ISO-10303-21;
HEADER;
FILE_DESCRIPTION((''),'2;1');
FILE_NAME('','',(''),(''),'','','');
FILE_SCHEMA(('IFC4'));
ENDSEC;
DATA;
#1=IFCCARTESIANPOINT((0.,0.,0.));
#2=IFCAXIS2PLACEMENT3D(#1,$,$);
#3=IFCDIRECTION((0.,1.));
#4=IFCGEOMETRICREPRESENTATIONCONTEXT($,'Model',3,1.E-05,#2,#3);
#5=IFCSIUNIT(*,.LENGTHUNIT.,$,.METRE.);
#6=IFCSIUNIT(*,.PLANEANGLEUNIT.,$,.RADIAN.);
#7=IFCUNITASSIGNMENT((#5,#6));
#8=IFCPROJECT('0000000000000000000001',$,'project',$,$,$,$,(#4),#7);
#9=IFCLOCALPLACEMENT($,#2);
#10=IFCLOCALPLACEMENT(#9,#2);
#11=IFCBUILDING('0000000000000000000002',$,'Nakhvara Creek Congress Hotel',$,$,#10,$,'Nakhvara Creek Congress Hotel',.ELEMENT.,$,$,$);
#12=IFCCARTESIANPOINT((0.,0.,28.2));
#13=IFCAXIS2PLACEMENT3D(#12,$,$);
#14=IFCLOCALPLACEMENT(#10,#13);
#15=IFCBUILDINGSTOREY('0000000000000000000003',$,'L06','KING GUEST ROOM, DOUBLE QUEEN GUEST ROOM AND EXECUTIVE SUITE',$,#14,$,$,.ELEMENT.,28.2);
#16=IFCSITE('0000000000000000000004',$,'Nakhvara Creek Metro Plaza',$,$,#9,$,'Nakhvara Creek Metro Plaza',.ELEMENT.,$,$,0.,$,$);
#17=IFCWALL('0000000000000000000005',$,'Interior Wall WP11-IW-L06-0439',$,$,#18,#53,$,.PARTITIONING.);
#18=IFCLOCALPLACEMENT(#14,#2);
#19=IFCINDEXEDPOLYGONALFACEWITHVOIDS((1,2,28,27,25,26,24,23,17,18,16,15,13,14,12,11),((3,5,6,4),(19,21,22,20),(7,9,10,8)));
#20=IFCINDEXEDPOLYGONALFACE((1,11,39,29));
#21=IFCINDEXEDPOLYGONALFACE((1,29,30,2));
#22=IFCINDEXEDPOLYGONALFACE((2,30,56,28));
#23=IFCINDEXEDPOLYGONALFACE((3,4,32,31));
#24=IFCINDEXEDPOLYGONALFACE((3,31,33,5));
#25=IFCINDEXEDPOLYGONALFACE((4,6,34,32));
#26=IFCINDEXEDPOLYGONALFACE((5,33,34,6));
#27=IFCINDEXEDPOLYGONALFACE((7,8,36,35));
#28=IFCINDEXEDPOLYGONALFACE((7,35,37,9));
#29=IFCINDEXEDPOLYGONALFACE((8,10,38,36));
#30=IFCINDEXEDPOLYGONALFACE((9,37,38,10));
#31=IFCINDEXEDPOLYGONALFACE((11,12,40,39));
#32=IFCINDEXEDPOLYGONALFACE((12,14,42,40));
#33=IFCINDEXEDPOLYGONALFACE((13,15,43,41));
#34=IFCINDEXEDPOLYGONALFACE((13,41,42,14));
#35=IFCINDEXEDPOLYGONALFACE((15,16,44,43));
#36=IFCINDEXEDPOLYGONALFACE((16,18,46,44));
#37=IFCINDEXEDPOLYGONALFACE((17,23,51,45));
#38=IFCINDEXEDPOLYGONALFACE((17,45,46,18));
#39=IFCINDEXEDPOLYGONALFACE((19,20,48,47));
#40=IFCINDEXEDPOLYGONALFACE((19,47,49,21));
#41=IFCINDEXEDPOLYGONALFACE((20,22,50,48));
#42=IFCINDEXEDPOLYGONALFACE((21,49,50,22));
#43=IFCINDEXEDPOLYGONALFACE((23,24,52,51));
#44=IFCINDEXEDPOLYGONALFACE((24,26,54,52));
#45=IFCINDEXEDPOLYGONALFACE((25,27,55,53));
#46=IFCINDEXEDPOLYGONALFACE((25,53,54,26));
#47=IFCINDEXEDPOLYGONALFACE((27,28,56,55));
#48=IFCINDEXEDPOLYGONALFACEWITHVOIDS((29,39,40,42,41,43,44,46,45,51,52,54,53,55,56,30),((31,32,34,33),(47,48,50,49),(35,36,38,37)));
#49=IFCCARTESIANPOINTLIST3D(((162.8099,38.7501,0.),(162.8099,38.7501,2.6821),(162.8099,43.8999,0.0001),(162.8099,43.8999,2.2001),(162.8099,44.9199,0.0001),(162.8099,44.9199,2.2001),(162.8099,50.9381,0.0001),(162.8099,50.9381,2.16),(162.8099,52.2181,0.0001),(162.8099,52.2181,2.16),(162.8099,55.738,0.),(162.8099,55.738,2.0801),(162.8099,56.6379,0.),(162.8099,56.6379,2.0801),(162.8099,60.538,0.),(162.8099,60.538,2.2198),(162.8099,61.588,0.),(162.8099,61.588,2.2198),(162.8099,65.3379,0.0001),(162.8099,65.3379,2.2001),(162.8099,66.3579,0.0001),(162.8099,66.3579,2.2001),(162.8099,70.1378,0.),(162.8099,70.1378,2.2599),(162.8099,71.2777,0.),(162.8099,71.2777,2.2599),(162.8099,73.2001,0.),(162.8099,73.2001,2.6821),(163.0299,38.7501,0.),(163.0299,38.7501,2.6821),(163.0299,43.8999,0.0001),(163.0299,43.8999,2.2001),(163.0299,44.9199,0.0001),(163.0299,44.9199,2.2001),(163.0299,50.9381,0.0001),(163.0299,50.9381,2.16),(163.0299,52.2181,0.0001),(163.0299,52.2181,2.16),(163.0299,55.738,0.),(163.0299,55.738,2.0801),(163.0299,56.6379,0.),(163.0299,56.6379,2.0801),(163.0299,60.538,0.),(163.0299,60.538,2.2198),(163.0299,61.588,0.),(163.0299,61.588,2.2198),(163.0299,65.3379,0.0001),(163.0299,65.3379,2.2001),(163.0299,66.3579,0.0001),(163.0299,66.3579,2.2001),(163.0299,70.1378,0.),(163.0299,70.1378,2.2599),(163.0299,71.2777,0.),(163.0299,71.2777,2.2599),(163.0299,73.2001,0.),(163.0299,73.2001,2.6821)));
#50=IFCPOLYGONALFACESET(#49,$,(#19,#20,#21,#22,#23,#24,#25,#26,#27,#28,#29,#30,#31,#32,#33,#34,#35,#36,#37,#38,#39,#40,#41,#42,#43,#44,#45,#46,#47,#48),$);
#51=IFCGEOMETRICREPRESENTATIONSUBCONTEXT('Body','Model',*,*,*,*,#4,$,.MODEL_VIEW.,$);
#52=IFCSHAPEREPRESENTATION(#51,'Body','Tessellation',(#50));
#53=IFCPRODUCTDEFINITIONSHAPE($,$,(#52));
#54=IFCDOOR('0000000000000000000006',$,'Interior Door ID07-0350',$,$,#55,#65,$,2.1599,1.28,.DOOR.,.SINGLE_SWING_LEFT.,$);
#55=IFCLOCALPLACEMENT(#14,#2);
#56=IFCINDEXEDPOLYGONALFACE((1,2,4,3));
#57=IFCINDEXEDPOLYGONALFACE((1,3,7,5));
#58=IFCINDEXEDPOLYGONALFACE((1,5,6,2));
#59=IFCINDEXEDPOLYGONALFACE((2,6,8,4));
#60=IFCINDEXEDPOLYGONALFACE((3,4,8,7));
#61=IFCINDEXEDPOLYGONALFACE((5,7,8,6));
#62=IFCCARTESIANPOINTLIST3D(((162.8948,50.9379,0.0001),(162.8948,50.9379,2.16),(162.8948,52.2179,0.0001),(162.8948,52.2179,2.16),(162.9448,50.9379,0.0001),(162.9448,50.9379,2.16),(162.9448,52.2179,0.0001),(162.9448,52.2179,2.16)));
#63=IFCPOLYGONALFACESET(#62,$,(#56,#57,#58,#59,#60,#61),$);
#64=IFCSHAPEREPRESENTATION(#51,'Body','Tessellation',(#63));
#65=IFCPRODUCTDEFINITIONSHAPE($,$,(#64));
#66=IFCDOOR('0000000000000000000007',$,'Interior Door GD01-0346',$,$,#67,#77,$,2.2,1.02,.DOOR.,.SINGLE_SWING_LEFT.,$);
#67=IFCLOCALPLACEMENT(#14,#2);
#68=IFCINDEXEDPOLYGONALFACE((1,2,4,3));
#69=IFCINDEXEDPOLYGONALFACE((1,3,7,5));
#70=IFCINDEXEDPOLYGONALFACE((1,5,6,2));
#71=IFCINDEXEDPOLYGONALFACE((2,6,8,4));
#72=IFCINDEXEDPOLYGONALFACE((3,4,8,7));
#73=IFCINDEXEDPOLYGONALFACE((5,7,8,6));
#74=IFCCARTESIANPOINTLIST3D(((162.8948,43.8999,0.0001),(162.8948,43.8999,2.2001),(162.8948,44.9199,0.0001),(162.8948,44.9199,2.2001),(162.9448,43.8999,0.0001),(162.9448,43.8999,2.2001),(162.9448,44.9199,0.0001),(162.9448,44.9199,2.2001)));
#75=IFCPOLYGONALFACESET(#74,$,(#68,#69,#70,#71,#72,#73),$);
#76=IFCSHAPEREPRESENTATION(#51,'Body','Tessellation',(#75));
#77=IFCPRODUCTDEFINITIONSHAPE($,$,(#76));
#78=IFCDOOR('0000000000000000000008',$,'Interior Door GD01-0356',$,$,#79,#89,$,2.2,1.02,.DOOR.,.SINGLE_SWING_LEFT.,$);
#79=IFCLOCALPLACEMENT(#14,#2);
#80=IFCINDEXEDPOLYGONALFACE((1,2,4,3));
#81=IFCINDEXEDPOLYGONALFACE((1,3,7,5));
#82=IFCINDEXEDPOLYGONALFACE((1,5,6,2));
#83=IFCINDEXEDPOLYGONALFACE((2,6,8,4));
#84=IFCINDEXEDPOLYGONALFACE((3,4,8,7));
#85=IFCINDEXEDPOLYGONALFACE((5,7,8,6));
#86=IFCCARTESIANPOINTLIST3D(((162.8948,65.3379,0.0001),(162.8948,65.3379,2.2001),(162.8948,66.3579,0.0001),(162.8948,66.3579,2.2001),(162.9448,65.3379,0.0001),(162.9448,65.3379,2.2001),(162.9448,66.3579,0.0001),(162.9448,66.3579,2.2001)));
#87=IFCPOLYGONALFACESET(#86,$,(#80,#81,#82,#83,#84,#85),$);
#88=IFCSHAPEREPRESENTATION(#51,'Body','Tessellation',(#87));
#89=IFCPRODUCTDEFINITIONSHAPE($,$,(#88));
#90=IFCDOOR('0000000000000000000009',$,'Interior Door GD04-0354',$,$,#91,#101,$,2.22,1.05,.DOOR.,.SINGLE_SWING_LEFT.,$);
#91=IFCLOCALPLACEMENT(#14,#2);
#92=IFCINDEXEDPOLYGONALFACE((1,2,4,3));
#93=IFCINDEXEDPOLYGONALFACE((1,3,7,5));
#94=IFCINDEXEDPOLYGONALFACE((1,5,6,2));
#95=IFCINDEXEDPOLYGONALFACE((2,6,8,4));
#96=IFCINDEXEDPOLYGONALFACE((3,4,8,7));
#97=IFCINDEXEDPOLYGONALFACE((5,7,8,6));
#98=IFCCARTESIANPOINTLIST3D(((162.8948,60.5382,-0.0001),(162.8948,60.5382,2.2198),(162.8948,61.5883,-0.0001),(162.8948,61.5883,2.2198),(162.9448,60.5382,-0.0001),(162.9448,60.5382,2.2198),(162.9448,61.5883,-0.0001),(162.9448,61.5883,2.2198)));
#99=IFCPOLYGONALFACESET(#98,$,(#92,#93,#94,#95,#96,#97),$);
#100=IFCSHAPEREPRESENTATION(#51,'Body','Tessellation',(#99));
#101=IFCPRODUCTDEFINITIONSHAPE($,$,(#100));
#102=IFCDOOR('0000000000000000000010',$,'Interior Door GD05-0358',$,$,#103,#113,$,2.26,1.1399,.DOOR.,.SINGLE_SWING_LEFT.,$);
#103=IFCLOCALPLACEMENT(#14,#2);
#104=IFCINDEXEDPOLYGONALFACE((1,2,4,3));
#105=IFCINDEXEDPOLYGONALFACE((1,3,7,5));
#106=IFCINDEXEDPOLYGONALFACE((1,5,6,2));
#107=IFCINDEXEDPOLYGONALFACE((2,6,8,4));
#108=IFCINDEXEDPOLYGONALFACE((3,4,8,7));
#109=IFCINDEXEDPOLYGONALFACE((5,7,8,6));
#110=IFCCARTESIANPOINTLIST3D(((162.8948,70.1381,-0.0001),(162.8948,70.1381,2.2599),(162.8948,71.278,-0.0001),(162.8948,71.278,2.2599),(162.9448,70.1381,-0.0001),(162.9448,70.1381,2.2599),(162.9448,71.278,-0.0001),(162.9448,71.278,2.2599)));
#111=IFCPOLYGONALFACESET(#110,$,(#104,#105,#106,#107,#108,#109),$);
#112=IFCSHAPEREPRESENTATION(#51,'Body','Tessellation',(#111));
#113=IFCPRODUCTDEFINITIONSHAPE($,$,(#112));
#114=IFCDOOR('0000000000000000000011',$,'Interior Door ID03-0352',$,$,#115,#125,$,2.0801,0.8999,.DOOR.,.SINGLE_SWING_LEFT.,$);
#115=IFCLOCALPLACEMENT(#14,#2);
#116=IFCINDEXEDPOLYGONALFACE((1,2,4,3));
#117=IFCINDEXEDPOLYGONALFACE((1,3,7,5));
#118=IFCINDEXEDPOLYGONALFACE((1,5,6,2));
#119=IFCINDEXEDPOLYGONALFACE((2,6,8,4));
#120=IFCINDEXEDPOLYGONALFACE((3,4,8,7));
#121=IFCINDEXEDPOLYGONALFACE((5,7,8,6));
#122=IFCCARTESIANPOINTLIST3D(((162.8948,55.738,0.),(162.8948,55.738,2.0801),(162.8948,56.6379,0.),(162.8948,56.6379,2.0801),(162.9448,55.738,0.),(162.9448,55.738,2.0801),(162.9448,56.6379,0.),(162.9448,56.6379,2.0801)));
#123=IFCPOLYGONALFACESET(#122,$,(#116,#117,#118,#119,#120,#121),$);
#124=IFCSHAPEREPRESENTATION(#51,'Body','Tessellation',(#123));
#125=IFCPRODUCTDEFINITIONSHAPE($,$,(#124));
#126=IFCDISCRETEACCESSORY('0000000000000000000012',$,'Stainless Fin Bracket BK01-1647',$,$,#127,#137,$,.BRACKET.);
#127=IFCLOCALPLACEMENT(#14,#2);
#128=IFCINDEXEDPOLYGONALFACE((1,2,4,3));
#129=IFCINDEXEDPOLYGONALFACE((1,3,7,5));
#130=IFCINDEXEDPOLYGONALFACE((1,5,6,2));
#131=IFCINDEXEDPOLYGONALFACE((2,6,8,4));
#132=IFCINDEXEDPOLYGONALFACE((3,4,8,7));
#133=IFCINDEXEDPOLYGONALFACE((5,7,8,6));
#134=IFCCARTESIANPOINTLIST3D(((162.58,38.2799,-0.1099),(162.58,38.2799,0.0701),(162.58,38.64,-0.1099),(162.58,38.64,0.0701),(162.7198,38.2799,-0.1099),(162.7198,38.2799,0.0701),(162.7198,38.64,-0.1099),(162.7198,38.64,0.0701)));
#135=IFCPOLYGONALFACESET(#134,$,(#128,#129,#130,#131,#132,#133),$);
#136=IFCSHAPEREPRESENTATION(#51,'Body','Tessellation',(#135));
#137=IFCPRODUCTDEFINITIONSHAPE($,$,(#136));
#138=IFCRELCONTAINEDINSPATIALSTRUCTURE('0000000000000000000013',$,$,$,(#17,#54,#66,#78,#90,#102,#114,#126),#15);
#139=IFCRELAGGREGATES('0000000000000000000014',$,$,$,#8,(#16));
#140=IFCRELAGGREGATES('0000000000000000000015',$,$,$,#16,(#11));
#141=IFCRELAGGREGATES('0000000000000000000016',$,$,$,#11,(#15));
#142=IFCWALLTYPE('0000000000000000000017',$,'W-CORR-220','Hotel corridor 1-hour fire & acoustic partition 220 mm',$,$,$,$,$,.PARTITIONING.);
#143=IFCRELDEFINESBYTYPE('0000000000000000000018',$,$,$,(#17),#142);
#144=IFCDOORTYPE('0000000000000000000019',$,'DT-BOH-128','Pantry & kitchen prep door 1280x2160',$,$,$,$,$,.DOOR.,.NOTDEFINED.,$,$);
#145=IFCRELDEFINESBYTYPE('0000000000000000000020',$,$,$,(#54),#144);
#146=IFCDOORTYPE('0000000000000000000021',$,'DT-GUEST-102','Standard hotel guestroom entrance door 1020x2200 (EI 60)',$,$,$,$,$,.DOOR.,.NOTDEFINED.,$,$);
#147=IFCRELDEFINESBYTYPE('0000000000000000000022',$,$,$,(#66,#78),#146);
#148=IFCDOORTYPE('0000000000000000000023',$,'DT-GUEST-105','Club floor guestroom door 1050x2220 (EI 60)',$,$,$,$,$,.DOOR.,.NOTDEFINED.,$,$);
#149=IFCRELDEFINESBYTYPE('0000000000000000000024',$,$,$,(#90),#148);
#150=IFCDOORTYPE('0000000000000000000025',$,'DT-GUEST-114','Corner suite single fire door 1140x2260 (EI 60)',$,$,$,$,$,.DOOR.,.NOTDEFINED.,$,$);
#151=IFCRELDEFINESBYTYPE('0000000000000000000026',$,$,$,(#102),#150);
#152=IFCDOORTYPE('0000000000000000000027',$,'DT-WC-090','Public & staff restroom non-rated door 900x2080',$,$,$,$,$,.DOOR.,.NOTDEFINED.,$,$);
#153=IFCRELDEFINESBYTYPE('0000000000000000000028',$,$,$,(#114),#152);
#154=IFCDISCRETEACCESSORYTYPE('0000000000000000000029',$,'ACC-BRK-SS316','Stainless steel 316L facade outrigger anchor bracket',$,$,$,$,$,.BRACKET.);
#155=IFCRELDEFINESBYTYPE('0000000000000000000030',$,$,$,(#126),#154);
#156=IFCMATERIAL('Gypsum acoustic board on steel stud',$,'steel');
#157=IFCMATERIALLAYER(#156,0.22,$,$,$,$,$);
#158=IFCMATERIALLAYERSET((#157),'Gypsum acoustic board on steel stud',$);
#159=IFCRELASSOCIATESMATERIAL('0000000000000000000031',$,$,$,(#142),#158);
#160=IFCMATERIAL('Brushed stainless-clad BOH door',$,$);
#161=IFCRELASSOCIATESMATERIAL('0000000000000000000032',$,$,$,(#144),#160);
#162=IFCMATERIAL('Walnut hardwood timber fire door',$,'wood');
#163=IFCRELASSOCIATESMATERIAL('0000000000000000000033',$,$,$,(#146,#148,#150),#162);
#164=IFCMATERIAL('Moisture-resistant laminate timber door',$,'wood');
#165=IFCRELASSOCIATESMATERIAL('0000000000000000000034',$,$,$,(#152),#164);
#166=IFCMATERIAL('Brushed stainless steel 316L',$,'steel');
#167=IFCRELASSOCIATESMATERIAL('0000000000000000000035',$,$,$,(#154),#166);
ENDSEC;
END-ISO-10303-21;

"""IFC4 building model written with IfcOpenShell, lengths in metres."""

from ifc_helpers import new_model, si_unit, direction, frame, frame_2d, origin, origin_2d, place, context, subcontext, project, spatial, rectangle, extrude, material, layer, layer_set, type_object, element, fill, save


model = new_model("IFC4")

# Units and contexts
model_context = context("Model", 3, precision=1e-05, world=origin(), true_north=direction((0.0, 1.0)))
body_context = subcontext(model_context, "Body", "Model", "MODEL_VIEW")
ifc_project = project(units=[si_unit("LENGTHUNIT", "METRE"), si_unit("PLANEANGLEUNIT", "RADIAN")], contexts=[model_context])

# Site, building, storey
site_placement = place(None, origin())
site = spatial("IfcSite", under=ifc_project, at=site_placement, Name="Nakhvara Creek Metro Plaza", LongName="Nakhvara Creek Metro Plaza", CompositionType="ELEMENT", RefElevation=0.0)
building_placement = place(site_placement, origin())
building = spatial("IfcBuilding", under=site, at=building_placement, Name="Nakhvara Creek Congress Hotel", LongName="Nakhvara Creek Congress Hotel", CompositionType="ELEMENT")
storey_placement = place(building_placement, frame((0.0, 0.0, 28.2)))
storey = spatial("IfcBuildingStorey", under=building, at=storey_placement, Name="L06", Description="KING GUEST ROOM, DOUBLE QUEEN GUEST ROOM AND EXECUTIVE SUITE", CompositionType="ELEMENT", Elevation=28.2)

# Wall, openings, doors
ifc_material_1 = material(Name="Gypsum acoustic board on steel stud", Category="steel")
ifc_layer = layer(ifc_material_1, 0.22)
ifc_layer_set = layer_set([ifc_layer], Name="Gypsum acoustic board on steel stud")
wall_type = type_object("IfcWallType", Name="W-CORR-220", Description="Hotel corridor 1-hour fire & acoustic partition 220 mm", PredefinedType="PARTITIONING", material=ifc_layer_set)
wall_placement = place(storey_placement, frame((162.9199, 38.75, 0.0), z_axis=(0.0, 0.0, 1.0), x_axis=(0.0, 1.0, 0.0)))
wall = element("IfcWall", 1, at=wall_placement, inside=storey, type_object=wall_type, Name="Interior Wall WP11-IW-L06-0439", PredefinedType="PARTITIONING", context=body_context, shape_type="SweptSolid", body=[
    extrude(rectangle(XDim=34.45, YDim=0.22, at=frame_2d((17.2251, 0.0))), origin(), (0.0, 0.0, 1.0), 2.6821),
])
opening_1_placement = place(wall_placement, frame((5.1499, 0.0, 0.0)))
opening_1 = element("IfcOpeningElement", 2, at=opening_1_placement, cuts=wall, PredefinedType="OPENING", context=body_context, shape_type="SweptSolid", body=[
    extrude(rectangle(XDim=1.02, YDim=2.2, at=frame_2d((0.51, 1.1001))), frame((0.0, 0.1221, 0.0), z_axis=(0.0, -1.0, 0.0), x_axis=(1.0, 0.0, 0.0)), (0.0, 0.0, 1.0), 0.2439),
])
opening_2_placement = place(wall_placement, frame((12.188, 0.0, 0.0)))
opening_2 = element("IfcOpeningElement", 3, at=opening_2_placement, cuts=wall, PredefinedType="OPENING", context=body_context, shape_type="SweptSolid", body=[
    extrude(rectangle(XDim=1.28, YDim=2.1599, at=frame_2d((0.6401, 1.0801))), frame((0.0, 0.1221, 0.0), z_axis=(0.0, -1.0, 0.0), x_axis=(1.0, 0.0, 0.0)), (0.0, 0.0, 1.0), 0.2439),
])
opening_3_placement = place(wall_placement, frame((16.988, 0.0, 0.0)))
opening_3 = element("IfcOpeningElement", 4, at=opening_3_placement, cuts=wall, PredefinedType="OPENING", context=body_context, shape_type="SweptSolid", body=[
    extrude(rectangle(XDim=0.8999, YDim=2.0801, at=frame_2d((0.45, 1.04))), frame((0.0, 0.1221, 0.0), z_axis=(0.0, -1.0, 0.0), x_axis=(1.0, 0.0, 0.0)), (0.0, 0.0, 1.0), 0.2439),
])
opening_4_placement = place(wall_placement, frame((21.7881, 0.0, 0.0)))
opening_4 = element("IfcOpeningElement", 5, at=opening_4_placement, cuts=wall, PredefinedType="OPENING", context=body_context, shape_type="SweptSolid", body=[
    extrude(rectangle(XDim=1.05, YDim=2.22, at=frame_2d((0.5249, 1.1099))), frame((0.0, 0.1221, 0.0), z_axis=(0.0, -1.0, 0.0), x_axis=(1.0, 0.0, 0.0)), (0.0, 0.0, 1.0), 0.2439),
])
opening_5_placement = place(wall_placement, frame((26.5879, 0.0, 0.0)))
opening_5 = element("IfcOpeningElement", 6, at=opening_5_placement, cuts=wall, PredefinedType="OPENING", context=body_context, shape_type="SweptSolid", body=[
    extrude(rectangle(XDim=1.02, YDim=2.2, at=frame_2d((0.51, 1.1001))), frame((0.0, 0.1221, 0.0), z_axis=(0.0, -1.0, 0.0), x_axis=(1.0, 0.0, 0.0)), (0.0, 0.0, 1.0), 0.2439),
])
opening_6_placement = place(wall_placement, frame((31.3879, 0.0, 0.0)))
opening_6 = element("IfcOpeningElement", 7, at=opening_6_placement, cuts=wall, PredefinedType="OPENING", context=body_context, shape_type="SweptSolid", body=[
    extrude(rectangle(XDim=1.1399, YDim=2.26, at=frame_2d((0.5698, 1.1299))), frame((0.0, 0.1221, 0.0), z_axis=(0.0, -1.0, 0.0), x_axis=(1.0, 0.0, 0.0)), (0.0, 0.0, 1.0), 0.2439),
])
ifc_material_2 = material(Name="Brushed stainless-clad BOH door")
door_type_1 = type_object("IfcDoorType", Name="DT-BOH-128", Description="Pantry & kitchen prep door 1280x2160", OperationType="NOTDEFINED", PredefinedType="DOOR", material=ifc_material_2)
door_1_placement = place(opening_2_placement, frame((1.28, 0.0, 0.0), z_axis=(0.0, 0.0, 1.0), x_axis=(-1.0, 0.0, 0.0)))
door_1 = element("IfcDoor", 8, at=door_1_placement, inside=storey, type_object=door_type_1, Name="Interior Door ID07-0350", OperationType="SINGLE_SWING_LEFT", OverallHeight=2.1599, OverallWidth=1.28, PredefinedType="DOOR", context=body_context, shape_type="SweptSolid", body=[
    extrude(rectangle(XDim=1.28, YDim=2.1599, at=frame_2d((0.6401, 1.0801))), frame((0.0, 0.0249, 0.0), z_axis=(0.0, -1.0, 0.0), x_axis=(1.0, 0.0, 0.0)), (0.0, 0.0, 1.0), 0.05),
])
fill(opening_2, door_1)
ifc_material_3 = material(Name="Walnut hardwood timber fire door", Category="wood")
door_type_2 = type_object("IfcDoorType", Name="DT-GUEST-102", Description="Standard hotel guestroom entrance door 1020x2200 (EI 60)", OperationType="NOTDEFINED", PredefinedType="DOOR", material=ifc_material_3)
door_2_placement = place(opening_1_placement, frame((1.02, 0.0, 0.0), z_axis=(0.0, 0.0, 1.0), x_axis=(-1.0, 0.0, 0.0)))
door_2 = element("IfcDoor", 9, at=door_2_placement, inside=storey, type_object=door_type_2, Name="Interior Door GD01-0346", OperationType="SINGLE_SWING_LEFT", OverallHeight=2.2, OverallWidth=1.02, PredefinedType="DOOR", context=body_context, shape_type="SweptSolid", body=[
    extrude(rectangle(XDim=1.02, YDim=2.2, at=frame_2d((0.51, 1.1001))), frame((0.0, 0.0249, 0.0), z_axis=(0.0, -1.0, 0.0), x_axis=(1.0, 0.0, 0.0)), (0.0, 0.0, 1.0), 0.05),
])
fill(opening_1, door_2)
door_3_placement = place(opening_5_placement, frame((1.02, 0.0, 0.0), z_axis=(0.0, 0.0, 1.0), x_axis=(-1.0, 0.0, 0.0)))
door_3 = element("IfcDoor", 10, at=door_3_placement, inside=storey, type_object=door_type_2, Name="Interior Door GD01-0356", OperationType="SINGLE_SWING_LEFT", OverallHeight=2.2, OverallWidth=1.02, PredefinedType="DOOR", context=body_context, shape_type="SweptSolid", body=[
    extrude(rectangle(XDim=1.02, YDim=2.2, at=frame_2d((0.51, 1.1001))), frame((0.0, 0.0249, 0.0), z_axis=(0.0, -1.0, 0.0), x_axis=(1.0, 0.0, 0.0)), (0.0, 0.0, 1.0), 0.05),
])
fill(opening_5, door_3)
door_type_3 = type_object("IfcDoorType", Name="DT-GUEST-105", Description="Club floor guestroom door 1050x2220 (EI 60)", OperationType="NOTDEFINED", PredefinedType="DOOR", material=ifc_material_3)
door_4_placement = place(opening_4_placement, frame((1.05, 0.0, 0.0), z_axis=(0.0, 0.0, 1.0), x_axis=(-1.0, 0.0, 0.0)))
door_4 = element("IfcDoor", 11, at=door_4_placement, inside=storey, type_object=door_type_3, Name="Interior Door GD04-0354", OperationType="SINGLE_SWING_LEFT", OverallHeight=2.22, OverallWidth=1.05, PredefinedType="DOOR", context=body_context, shape_type="SweptSolid", body=[
    extrude(rectangle(XDim=1.05, YDim=2.22, at=frame_2d((0.5249, 1.1099))), frame((0.0, 0.0249, 0.0), z_axis=(0.0, -1.0, 0.0), x_axis=(1.0, 0.0, 0.0)), (0.0, 0.0, 1.0), 0.05),
])
fill(opening_4, door_4)
door_type_4 = type_object("IfcDoorType", Name="DT-GUEST-114", Description="Corner suite single fire door 1140x2260 (EI 60)", OperationType="NOTDEFINED", PredefinedType="DOOR", material=ifc_material_3)
door_5_placement = place(opening_6_placement, frame((1.1399, 0.0, 0.0), z_axis=(0.0, 0.0, 1.0), x_axis=(-1.0, 0.0, 0.0)))
door_5 = element("IfcDoor", 12, at=door_5_placement, inside=storey, type_object=door_type_4, Name="Interior Door GD05-0358", OperationType="SINGLE_SWING_LEFT", OverallHeight=2.26, OverallWidth=1.1399, PredefinedType="DOOR", context=body_context, shape_type="SweptSolid", body=[
    extrude(rectangle(XDim=1.1399, YDim=2.26, at=frame_2d((0.5698, 1.1299))), frame((0.0, 0.0249, 0.0), z_axis=(0.0, -1.0, 0.0), x_axis=(1.0, 0.0, 0.0)), (0.0, 0.0, 1.0), 0.05),
])
fill(opening_6, door_5)
ifc_material_4 = material(Name="Moisture-resistant laminate timber door", Category="wood")
door_type_5 = type_object("IfcDoorType", Name="DT-WC-090", Description="Public & staff restroom non-rated door 900x2080", OperationType="NOTDEFINED", PredefinedType="DOOR", material=ifc_material_4)
door_6_placement = place(opening_3_placement, frame((0.8999, 0.0, 0.0), z_axis=(0.0, 0.0, 1.0), x_axis=(-1.0, 0.0, 0.0)))
door_6 = element("IfcDoor", 13, at=door_6_placement, inside=storey, type_object=door_type_5, Name="Interior Door ID03-0352", OperationType="SINGLE_SWING_LEFT", OverallHeight=2.0801, OverallWidth=0.8999, PredefinedType="DOOR", context=body_context, shape_type="SweptSolid", body=[
    extrude(rectangle(XDim=0.8999, YDim=2.0801, at=frame_2d((0.45, 1.04))), frame((0.0, 0.0249, 0.0), z_axis=(0.0, -1.0, 0.0), x_axis=(1.0, 0.0, 0.0)), (0.0, 0.0, 1.0), 0.05),
])
fill(opening_3, door_6)

# Discrete accessory
ifc_material_5 = material(Name="Brushed stainless steel 316L", Category="steel")
discrete_accessory_type = type_object("IfcDiscreteAccessoryType", Name="ACC-BRK-SS316", Description="Stainless steel 316L facade outrigger anchor bracket", PredefinedType="BRACKET", material=ifc_material_5)
discrete_accessory_placement = place(storey_placement, frame((162.6499, 38.46, -0.1099), z_axis=(0.0, 0.0, 1.0), x_axis=(1.0, 0.0, 0.0)))
element("IfcDiscreteAccessory", 14, at=discrete_accessory_placement, inside=storey, type_object=discrete_accessory_type, Name="Stainless Fin Bracket BK01-1647", PredefinedType="BRACKET", context=body_context, shape_type="SweptSolid", body=[
    extrude(rectangle(XDim=0.1399, YDim=0.3601, at=origin_2d()), origin(), (0.0, 0.0, 1.0), 0.1799),
])

save(model, "model.ifc")
